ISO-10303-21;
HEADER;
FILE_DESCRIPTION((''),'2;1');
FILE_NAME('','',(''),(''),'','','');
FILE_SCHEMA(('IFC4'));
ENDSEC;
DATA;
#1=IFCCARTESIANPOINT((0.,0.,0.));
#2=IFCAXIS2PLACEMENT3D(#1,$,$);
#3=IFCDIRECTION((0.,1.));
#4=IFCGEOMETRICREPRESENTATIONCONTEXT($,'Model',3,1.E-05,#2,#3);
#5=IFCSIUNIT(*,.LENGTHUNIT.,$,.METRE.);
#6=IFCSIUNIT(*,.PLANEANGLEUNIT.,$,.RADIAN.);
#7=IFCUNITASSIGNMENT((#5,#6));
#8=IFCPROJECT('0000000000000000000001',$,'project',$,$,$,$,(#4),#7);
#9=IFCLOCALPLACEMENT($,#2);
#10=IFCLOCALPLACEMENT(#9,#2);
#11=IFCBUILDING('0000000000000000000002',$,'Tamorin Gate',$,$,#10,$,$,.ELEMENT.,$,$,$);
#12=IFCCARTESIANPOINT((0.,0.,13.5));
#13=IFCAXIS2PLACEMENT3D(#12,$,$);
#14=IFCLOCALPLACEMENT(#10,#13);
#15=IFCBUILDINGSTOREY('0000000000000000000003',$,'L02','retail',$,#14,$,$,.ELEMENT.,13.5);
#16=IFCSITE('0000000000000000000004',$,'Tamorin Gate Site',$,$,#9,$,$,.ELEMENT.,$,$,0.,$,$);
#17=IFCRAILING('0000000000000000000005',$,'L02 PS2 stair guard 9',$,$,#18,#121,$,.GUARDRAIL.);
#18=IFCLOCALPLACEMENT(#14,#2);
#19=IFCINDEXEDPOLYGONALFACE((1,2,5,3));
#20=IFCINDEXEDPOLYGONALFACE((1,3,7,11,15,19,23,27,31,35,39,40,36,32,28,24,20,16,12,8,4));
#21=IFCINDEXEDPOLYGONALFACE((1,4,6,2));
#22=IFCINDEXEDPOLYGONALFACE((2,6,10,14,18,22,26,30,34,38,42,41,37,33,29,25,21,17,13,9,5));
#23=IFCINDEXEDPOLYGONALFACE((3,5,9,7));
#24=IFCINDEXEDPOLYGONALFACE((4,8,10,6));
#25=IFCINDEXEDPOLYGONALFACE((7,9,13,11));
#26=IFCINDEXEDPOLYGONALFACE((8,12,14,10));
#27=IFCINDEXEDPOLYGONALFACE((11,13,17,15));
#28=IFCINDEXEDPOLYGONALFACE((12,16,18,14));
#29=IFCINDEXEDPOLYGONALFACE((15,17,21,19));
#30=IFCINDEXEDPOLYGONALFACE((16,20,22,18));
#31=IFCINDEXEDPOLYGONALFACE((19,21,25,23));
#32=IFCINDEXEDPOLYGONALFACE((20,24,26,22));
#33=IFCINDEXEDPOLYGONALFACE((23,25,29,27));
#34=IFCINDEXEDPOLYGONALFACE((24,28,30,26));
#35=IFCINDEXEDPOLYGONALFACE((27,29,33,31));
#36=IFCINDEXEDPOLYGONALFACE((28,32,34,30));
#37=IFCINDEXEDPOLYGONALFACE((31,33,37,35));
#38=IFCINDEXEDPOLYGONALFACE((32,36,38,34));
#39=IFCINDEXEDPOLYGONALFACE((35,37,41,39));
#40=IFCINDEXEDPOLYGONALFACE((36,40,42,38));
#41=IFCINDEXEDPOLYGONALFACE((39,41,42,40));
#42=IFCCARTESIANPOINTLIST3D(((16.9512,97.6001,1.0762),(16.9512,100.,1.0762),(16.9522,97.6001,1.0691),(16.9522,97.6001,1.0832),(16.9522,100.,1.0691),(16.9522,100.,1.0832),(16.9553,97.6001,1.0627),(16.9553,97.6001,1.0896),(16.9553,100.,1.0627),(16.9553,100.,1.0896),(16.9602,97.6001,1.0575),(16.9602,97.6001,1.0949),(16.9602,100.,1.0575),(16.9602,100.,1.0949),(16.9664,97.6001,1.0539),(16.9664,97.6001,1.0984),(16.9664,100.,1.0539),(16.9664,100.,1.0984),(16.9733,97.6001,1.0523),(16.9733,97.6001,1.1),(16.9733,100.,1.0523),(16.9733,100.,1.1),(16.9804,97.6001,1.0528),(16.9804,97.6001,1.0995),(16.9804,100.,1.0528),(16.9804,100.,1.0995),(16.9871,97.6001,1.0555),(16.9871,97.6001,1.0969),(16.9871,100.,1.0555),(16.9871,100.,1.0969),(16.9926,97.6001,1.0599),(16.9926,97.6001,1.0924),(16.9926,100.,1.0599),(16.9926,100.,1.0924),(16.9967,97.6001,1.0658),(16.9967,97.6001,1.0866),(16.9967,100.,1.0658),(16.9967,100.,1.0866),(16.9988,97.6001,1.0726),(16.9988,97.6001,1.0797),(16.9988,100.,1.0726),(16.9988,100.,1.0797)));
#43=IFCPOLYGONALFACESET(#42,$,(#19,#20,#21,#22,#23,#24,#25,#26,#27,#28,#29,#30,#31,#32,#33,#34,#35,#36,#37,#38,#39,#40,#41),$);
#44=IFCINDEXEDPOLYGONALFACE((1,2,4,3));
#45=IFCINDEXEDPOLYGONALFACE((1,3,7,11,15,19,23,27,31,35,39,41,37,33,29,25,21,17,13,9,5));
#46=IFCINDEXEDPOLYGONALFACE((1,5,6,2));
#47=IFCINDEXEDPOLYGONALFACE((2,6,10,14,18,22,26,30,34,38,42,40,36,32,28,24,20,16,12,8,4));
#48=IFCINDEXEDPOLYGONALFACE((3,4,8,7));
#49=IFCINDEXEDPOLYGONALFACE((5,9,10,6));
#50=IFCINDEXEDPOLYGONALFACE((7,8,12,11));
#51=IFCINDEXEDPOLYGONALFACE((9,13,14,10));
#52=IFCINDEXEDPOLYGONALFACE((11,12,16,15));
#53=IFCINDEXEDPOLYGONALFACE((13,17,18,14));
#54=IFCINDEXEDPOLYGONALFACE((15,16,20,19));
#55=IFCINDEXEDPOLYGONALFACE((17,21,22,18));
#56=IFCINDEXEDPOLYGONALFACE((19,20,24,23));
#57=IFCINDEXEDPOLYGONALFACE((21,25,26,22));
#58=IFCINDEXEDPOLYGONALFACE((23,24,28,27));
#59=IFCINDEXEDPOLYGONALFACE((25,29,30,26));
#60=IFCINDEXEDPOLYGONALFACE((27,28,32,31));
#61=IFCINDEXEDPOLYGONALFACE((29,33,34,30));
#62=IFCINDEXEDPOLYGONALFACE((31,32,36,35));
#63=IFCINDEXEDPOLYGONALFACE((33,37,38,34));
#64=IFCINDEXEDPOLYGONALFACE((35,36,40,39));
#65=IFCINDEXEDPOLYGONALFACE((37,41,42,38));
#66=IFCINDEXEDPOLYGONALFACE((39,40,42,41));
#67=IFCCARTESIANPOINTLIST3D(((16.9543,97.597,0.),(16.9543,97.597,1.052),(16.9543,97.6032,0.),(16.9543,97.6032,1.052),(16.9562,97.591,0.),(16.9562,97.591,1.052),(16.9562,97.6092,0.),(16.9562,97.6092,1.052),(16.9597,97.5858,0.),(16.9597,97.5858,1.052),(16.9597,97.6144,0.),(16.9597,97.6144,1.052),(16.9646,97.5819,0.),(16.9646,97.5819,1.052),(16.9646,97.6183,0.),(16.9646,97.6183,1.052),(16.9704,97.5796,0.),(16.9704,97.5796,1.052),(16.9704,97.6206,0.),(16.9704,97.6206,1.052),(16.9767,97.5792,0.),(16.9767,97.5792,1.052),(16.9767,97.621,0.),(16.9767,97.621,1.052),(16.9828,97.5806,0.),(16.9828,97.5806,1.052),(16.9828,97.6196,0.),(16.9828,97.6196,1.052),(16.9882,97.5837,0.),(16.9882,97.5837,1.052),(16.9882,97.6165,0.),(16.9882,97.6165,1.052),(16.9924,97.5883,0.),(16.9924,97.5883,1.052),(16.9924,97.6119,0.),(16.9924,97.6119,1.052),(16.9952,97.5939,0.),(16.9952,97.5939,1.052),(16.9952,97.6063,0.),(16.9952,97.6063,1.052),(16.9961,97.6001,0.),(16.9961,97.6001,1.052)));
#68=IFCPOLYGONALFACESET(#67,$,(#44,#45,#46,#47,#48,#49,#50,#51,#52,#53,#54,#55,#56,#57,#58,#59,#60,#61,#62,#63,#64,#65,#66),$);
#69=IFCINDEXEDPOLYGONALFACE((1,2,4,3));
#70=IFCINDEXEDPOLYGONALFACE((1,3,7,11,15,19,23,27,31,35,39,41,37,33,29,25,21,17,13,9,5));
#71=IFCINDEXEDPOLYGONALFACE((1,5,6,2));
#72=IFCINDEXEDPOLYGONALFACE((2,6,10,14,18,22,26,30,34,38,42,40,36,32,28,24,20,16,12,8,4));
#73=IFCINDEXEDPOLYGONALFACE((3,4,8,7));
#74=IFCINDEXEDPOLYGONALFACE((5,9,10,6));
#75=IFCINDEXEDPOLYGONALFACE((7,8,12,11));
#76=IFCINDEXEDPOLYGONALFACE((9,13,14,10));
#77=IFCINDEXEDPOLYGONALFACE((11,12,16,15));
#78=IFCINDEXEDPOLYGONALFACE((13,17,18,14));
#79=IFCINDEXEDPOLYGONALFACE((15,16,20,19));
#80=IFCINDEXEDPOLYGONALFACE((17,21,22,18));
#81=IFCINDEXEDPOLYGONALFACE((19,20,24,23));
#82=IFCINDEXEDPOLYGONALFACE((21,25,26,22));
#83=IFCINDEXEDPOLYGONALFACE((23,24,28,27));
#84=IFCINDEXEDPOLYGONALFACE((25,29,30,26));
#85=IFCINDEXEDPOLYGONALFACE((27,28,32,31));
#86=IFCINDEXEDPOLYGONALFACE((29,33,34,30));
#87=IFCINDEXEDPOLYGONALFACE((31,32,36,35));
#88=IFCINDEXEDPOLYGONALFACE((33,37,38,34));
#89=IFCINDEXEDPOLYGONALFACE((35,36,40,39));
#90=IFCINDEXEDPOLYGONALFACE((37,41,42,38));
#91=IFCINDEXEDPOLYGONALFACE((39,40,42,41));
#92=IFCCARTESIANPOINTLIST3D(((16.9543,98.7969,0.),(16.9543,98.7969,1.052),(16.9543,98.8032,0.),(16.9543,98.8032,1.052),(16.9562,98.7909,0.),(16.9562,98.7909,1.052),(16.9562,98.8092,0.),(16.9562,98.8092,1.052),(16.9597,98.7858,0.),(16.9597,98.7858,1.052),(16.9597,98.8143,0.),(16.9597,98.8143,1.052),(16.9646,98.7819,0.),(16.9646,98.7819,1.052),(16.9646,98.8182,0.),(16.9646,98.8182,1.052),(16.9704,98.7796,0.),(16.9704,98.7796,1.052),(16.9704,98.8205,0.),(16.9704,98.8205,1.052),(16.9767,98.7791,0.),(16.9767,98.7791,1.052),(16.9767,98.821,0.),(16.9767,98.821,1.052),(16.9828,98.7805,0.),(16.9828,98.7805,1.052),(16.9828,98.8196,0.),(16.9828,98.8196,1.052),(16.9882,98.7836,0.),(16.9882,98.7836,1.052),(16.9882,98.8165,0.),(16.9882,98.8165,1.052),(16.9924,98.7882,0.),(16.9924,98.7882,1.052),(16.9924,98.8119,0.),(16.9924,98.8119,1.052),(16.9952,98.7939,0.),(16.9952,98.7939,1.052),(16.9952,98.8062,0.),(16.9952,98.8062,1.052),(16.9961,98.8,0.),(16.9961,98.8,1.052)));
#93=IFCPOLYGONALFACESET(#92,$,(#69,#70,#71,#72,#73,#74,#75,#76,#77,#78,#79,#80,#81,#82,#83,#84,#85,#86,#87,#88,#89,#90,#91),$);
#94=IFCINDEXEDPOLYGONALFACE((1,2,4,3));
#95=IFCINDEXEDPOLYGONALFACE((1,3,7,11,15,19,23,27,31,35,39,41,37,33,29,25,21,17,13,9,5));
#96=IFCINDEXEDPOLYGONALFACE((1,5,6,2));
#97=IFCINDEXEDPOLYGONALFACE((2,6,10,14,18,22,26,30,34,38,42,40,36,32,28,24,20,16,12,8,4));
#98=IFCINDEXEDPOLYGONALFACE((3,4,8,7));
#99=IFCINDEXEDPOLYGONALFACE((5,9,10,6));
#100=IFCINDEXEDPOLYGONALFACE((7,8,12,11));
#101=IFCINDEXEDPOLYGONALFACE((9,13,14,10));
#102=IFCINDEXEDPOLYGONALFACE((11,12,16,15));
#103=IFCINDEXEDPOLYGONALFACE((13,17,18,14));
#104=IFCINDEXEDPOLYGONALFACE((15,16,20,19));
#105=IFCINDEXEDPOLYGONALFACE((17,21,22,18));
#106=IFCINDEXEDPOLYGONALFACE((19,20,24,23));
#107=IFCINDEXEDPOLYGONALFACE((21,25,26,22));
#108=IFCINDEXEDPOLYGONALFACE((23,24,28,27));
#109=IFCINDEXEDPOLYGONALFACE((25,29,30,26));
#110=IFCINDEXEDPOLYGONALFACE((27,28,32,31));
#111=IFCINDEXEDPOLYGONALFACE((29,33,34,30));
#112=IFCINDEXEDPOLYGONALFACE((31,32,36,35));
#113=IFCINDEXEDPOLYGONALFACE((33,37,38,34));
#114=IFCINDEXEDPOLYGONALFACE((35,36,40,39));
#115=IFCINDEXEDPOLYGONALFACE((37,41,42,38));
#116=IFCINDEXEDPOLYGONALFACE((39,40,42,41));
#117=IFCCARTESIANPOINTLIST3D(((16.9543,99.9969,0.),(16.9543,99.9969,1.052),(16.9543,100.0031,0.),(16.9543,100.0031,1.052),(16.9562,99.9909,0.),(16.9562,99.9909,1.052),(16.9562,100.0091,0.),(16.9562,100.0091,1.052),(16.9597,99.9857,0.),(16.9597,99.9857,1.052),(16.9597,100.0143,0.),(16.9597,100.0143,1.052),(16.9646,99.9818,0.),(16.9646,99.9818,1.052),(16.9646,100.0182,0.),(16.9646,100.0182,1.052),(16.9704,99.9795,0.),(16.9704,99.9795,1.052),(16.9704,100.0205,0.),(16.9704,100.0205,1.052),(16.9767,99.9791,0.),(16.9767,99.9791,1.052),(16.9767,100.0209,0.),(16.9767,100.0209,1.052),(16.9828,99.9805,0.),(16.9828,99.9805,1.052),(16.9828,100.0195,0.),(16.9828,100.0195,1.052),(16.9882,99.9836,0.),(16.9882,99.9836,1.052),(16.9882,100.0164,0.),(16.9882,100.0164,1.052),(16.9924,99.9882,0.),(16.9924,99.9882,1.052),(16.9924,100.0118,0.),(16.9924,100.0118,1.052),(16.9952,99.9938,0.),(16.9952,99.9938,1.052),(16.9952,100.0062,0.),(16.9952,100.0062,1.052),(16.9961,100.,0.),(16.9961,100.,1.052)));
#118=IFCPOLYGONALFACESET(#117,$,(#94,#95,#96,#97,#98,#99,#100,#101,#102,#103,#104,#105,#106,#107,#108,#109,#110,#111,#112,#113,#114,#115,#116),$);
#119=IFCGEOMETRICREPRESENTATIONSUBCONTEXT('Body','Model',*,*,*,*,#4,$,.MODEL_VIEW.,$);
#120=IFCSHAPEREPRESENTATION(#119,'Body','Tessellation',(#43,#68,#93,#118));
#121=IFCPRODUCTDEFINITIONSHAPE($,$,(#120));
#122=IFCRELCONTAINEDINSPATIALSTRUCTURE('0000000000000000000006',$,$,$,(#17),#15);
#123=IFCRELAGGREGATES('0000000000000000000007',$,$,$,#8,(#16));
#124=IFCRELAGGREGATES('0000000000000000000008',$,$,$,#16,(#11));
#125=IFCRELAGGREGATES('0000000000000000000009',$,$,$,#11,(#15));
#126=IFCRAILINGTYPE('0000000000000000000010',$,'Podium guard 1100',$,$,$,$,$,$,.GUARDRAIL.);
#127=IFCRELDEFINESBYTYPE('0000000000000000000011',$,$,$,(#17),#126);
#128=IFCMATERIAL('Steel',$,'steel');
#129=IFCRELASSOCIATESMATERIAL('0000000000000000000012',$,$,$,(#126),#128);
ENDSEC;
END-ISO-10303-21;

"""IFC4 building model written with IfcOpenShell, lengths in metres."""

from ifc_helpers import new_model, si_unit, direction, frame, origin, origin_2d, place, context, subcontext, project, spatial, circle, extrude, material, type_object, element, save


model = new_model("IFC4")

# Units and contexts
model_context = context("Model", 3, precision=1e-05, world=origin(), true_north=direction((0.0, 1.0)))
body_context = subcontext(model_context, "Body", "Model", "MODEL_VIEW")
ifc_project = project(units=[si_unit("LENGTHUNIT", "METRE"), si_unit("PLANEANGLEUNIT", "RADIAN")], contexts=[model_context])

# Site, building, storey
site_placement = place(None, origin())
site = spatial("IfcSite", under=ifc_project, at=site_placement, Name="Tamorin Gate Site", CompositionType="ELEMENT", RefElevation=0.0)
building_placement = place(site_placement, origin())
building = spatial("IfcBuilding", under=site, at=building_placement, Name="Tamorin Gate", CompositionType="ELEMENT")
storey_placement = place(building_placement, frame((0.0, 0.0, 13.5)))
storey = spatial("IfcBuildingStorey", under=building, at=storey_placement, Name="L02", Description="retail", CompositionType="ELEMENT", Elevation=13.5)

# Railing
ifc_material_1 = material(Name="Steel", Category="steel")
railing_type_1 = type_object("IfcRailingType", Name="Podium guard 1100", PredefinedType="GUARDRAIL", material=ifc_material_1)
for number, where, name in (
    (1, (16.9751, 97.6001, 0.0), "L02 PS2 stair guard 9"),
):
    element("IfcRailing", number, at=place(storey_placement, frame(where)), inside=storey, type_object=railing_type_1, Name=name, PredefinedType="GUARDRAIL", context=body_context, shape_type="SweptSolid", body=[
        extrude(circle(Radius=0.0239, at=origin_2d()), frame((0.0, 0.0, 1.0762), z_axis=(0.0, 1.0, 0.0), x_axis=(-1.0, 0.0, 0.0)), (0.0, 0.0, 1.0), 2.3999),
        extrude(circle(Radius=0.021, at=origin_2d()), origin(), (0.0, 0.0, 1.0), 1.052),
        extrude(circle(Radius=0.021, at=origin_2d()), frame((0.0, 1.2, 0.0)), (0.0, 0.0, 1.0), 1.052),
        extrude(circle(Radius=0.021, at=origin_2d()), frame((0.0, 2.3999, 0.0)), (0.0, 0.0, 1.0), 1.052),
    ])

save(model, "model.ifc")
